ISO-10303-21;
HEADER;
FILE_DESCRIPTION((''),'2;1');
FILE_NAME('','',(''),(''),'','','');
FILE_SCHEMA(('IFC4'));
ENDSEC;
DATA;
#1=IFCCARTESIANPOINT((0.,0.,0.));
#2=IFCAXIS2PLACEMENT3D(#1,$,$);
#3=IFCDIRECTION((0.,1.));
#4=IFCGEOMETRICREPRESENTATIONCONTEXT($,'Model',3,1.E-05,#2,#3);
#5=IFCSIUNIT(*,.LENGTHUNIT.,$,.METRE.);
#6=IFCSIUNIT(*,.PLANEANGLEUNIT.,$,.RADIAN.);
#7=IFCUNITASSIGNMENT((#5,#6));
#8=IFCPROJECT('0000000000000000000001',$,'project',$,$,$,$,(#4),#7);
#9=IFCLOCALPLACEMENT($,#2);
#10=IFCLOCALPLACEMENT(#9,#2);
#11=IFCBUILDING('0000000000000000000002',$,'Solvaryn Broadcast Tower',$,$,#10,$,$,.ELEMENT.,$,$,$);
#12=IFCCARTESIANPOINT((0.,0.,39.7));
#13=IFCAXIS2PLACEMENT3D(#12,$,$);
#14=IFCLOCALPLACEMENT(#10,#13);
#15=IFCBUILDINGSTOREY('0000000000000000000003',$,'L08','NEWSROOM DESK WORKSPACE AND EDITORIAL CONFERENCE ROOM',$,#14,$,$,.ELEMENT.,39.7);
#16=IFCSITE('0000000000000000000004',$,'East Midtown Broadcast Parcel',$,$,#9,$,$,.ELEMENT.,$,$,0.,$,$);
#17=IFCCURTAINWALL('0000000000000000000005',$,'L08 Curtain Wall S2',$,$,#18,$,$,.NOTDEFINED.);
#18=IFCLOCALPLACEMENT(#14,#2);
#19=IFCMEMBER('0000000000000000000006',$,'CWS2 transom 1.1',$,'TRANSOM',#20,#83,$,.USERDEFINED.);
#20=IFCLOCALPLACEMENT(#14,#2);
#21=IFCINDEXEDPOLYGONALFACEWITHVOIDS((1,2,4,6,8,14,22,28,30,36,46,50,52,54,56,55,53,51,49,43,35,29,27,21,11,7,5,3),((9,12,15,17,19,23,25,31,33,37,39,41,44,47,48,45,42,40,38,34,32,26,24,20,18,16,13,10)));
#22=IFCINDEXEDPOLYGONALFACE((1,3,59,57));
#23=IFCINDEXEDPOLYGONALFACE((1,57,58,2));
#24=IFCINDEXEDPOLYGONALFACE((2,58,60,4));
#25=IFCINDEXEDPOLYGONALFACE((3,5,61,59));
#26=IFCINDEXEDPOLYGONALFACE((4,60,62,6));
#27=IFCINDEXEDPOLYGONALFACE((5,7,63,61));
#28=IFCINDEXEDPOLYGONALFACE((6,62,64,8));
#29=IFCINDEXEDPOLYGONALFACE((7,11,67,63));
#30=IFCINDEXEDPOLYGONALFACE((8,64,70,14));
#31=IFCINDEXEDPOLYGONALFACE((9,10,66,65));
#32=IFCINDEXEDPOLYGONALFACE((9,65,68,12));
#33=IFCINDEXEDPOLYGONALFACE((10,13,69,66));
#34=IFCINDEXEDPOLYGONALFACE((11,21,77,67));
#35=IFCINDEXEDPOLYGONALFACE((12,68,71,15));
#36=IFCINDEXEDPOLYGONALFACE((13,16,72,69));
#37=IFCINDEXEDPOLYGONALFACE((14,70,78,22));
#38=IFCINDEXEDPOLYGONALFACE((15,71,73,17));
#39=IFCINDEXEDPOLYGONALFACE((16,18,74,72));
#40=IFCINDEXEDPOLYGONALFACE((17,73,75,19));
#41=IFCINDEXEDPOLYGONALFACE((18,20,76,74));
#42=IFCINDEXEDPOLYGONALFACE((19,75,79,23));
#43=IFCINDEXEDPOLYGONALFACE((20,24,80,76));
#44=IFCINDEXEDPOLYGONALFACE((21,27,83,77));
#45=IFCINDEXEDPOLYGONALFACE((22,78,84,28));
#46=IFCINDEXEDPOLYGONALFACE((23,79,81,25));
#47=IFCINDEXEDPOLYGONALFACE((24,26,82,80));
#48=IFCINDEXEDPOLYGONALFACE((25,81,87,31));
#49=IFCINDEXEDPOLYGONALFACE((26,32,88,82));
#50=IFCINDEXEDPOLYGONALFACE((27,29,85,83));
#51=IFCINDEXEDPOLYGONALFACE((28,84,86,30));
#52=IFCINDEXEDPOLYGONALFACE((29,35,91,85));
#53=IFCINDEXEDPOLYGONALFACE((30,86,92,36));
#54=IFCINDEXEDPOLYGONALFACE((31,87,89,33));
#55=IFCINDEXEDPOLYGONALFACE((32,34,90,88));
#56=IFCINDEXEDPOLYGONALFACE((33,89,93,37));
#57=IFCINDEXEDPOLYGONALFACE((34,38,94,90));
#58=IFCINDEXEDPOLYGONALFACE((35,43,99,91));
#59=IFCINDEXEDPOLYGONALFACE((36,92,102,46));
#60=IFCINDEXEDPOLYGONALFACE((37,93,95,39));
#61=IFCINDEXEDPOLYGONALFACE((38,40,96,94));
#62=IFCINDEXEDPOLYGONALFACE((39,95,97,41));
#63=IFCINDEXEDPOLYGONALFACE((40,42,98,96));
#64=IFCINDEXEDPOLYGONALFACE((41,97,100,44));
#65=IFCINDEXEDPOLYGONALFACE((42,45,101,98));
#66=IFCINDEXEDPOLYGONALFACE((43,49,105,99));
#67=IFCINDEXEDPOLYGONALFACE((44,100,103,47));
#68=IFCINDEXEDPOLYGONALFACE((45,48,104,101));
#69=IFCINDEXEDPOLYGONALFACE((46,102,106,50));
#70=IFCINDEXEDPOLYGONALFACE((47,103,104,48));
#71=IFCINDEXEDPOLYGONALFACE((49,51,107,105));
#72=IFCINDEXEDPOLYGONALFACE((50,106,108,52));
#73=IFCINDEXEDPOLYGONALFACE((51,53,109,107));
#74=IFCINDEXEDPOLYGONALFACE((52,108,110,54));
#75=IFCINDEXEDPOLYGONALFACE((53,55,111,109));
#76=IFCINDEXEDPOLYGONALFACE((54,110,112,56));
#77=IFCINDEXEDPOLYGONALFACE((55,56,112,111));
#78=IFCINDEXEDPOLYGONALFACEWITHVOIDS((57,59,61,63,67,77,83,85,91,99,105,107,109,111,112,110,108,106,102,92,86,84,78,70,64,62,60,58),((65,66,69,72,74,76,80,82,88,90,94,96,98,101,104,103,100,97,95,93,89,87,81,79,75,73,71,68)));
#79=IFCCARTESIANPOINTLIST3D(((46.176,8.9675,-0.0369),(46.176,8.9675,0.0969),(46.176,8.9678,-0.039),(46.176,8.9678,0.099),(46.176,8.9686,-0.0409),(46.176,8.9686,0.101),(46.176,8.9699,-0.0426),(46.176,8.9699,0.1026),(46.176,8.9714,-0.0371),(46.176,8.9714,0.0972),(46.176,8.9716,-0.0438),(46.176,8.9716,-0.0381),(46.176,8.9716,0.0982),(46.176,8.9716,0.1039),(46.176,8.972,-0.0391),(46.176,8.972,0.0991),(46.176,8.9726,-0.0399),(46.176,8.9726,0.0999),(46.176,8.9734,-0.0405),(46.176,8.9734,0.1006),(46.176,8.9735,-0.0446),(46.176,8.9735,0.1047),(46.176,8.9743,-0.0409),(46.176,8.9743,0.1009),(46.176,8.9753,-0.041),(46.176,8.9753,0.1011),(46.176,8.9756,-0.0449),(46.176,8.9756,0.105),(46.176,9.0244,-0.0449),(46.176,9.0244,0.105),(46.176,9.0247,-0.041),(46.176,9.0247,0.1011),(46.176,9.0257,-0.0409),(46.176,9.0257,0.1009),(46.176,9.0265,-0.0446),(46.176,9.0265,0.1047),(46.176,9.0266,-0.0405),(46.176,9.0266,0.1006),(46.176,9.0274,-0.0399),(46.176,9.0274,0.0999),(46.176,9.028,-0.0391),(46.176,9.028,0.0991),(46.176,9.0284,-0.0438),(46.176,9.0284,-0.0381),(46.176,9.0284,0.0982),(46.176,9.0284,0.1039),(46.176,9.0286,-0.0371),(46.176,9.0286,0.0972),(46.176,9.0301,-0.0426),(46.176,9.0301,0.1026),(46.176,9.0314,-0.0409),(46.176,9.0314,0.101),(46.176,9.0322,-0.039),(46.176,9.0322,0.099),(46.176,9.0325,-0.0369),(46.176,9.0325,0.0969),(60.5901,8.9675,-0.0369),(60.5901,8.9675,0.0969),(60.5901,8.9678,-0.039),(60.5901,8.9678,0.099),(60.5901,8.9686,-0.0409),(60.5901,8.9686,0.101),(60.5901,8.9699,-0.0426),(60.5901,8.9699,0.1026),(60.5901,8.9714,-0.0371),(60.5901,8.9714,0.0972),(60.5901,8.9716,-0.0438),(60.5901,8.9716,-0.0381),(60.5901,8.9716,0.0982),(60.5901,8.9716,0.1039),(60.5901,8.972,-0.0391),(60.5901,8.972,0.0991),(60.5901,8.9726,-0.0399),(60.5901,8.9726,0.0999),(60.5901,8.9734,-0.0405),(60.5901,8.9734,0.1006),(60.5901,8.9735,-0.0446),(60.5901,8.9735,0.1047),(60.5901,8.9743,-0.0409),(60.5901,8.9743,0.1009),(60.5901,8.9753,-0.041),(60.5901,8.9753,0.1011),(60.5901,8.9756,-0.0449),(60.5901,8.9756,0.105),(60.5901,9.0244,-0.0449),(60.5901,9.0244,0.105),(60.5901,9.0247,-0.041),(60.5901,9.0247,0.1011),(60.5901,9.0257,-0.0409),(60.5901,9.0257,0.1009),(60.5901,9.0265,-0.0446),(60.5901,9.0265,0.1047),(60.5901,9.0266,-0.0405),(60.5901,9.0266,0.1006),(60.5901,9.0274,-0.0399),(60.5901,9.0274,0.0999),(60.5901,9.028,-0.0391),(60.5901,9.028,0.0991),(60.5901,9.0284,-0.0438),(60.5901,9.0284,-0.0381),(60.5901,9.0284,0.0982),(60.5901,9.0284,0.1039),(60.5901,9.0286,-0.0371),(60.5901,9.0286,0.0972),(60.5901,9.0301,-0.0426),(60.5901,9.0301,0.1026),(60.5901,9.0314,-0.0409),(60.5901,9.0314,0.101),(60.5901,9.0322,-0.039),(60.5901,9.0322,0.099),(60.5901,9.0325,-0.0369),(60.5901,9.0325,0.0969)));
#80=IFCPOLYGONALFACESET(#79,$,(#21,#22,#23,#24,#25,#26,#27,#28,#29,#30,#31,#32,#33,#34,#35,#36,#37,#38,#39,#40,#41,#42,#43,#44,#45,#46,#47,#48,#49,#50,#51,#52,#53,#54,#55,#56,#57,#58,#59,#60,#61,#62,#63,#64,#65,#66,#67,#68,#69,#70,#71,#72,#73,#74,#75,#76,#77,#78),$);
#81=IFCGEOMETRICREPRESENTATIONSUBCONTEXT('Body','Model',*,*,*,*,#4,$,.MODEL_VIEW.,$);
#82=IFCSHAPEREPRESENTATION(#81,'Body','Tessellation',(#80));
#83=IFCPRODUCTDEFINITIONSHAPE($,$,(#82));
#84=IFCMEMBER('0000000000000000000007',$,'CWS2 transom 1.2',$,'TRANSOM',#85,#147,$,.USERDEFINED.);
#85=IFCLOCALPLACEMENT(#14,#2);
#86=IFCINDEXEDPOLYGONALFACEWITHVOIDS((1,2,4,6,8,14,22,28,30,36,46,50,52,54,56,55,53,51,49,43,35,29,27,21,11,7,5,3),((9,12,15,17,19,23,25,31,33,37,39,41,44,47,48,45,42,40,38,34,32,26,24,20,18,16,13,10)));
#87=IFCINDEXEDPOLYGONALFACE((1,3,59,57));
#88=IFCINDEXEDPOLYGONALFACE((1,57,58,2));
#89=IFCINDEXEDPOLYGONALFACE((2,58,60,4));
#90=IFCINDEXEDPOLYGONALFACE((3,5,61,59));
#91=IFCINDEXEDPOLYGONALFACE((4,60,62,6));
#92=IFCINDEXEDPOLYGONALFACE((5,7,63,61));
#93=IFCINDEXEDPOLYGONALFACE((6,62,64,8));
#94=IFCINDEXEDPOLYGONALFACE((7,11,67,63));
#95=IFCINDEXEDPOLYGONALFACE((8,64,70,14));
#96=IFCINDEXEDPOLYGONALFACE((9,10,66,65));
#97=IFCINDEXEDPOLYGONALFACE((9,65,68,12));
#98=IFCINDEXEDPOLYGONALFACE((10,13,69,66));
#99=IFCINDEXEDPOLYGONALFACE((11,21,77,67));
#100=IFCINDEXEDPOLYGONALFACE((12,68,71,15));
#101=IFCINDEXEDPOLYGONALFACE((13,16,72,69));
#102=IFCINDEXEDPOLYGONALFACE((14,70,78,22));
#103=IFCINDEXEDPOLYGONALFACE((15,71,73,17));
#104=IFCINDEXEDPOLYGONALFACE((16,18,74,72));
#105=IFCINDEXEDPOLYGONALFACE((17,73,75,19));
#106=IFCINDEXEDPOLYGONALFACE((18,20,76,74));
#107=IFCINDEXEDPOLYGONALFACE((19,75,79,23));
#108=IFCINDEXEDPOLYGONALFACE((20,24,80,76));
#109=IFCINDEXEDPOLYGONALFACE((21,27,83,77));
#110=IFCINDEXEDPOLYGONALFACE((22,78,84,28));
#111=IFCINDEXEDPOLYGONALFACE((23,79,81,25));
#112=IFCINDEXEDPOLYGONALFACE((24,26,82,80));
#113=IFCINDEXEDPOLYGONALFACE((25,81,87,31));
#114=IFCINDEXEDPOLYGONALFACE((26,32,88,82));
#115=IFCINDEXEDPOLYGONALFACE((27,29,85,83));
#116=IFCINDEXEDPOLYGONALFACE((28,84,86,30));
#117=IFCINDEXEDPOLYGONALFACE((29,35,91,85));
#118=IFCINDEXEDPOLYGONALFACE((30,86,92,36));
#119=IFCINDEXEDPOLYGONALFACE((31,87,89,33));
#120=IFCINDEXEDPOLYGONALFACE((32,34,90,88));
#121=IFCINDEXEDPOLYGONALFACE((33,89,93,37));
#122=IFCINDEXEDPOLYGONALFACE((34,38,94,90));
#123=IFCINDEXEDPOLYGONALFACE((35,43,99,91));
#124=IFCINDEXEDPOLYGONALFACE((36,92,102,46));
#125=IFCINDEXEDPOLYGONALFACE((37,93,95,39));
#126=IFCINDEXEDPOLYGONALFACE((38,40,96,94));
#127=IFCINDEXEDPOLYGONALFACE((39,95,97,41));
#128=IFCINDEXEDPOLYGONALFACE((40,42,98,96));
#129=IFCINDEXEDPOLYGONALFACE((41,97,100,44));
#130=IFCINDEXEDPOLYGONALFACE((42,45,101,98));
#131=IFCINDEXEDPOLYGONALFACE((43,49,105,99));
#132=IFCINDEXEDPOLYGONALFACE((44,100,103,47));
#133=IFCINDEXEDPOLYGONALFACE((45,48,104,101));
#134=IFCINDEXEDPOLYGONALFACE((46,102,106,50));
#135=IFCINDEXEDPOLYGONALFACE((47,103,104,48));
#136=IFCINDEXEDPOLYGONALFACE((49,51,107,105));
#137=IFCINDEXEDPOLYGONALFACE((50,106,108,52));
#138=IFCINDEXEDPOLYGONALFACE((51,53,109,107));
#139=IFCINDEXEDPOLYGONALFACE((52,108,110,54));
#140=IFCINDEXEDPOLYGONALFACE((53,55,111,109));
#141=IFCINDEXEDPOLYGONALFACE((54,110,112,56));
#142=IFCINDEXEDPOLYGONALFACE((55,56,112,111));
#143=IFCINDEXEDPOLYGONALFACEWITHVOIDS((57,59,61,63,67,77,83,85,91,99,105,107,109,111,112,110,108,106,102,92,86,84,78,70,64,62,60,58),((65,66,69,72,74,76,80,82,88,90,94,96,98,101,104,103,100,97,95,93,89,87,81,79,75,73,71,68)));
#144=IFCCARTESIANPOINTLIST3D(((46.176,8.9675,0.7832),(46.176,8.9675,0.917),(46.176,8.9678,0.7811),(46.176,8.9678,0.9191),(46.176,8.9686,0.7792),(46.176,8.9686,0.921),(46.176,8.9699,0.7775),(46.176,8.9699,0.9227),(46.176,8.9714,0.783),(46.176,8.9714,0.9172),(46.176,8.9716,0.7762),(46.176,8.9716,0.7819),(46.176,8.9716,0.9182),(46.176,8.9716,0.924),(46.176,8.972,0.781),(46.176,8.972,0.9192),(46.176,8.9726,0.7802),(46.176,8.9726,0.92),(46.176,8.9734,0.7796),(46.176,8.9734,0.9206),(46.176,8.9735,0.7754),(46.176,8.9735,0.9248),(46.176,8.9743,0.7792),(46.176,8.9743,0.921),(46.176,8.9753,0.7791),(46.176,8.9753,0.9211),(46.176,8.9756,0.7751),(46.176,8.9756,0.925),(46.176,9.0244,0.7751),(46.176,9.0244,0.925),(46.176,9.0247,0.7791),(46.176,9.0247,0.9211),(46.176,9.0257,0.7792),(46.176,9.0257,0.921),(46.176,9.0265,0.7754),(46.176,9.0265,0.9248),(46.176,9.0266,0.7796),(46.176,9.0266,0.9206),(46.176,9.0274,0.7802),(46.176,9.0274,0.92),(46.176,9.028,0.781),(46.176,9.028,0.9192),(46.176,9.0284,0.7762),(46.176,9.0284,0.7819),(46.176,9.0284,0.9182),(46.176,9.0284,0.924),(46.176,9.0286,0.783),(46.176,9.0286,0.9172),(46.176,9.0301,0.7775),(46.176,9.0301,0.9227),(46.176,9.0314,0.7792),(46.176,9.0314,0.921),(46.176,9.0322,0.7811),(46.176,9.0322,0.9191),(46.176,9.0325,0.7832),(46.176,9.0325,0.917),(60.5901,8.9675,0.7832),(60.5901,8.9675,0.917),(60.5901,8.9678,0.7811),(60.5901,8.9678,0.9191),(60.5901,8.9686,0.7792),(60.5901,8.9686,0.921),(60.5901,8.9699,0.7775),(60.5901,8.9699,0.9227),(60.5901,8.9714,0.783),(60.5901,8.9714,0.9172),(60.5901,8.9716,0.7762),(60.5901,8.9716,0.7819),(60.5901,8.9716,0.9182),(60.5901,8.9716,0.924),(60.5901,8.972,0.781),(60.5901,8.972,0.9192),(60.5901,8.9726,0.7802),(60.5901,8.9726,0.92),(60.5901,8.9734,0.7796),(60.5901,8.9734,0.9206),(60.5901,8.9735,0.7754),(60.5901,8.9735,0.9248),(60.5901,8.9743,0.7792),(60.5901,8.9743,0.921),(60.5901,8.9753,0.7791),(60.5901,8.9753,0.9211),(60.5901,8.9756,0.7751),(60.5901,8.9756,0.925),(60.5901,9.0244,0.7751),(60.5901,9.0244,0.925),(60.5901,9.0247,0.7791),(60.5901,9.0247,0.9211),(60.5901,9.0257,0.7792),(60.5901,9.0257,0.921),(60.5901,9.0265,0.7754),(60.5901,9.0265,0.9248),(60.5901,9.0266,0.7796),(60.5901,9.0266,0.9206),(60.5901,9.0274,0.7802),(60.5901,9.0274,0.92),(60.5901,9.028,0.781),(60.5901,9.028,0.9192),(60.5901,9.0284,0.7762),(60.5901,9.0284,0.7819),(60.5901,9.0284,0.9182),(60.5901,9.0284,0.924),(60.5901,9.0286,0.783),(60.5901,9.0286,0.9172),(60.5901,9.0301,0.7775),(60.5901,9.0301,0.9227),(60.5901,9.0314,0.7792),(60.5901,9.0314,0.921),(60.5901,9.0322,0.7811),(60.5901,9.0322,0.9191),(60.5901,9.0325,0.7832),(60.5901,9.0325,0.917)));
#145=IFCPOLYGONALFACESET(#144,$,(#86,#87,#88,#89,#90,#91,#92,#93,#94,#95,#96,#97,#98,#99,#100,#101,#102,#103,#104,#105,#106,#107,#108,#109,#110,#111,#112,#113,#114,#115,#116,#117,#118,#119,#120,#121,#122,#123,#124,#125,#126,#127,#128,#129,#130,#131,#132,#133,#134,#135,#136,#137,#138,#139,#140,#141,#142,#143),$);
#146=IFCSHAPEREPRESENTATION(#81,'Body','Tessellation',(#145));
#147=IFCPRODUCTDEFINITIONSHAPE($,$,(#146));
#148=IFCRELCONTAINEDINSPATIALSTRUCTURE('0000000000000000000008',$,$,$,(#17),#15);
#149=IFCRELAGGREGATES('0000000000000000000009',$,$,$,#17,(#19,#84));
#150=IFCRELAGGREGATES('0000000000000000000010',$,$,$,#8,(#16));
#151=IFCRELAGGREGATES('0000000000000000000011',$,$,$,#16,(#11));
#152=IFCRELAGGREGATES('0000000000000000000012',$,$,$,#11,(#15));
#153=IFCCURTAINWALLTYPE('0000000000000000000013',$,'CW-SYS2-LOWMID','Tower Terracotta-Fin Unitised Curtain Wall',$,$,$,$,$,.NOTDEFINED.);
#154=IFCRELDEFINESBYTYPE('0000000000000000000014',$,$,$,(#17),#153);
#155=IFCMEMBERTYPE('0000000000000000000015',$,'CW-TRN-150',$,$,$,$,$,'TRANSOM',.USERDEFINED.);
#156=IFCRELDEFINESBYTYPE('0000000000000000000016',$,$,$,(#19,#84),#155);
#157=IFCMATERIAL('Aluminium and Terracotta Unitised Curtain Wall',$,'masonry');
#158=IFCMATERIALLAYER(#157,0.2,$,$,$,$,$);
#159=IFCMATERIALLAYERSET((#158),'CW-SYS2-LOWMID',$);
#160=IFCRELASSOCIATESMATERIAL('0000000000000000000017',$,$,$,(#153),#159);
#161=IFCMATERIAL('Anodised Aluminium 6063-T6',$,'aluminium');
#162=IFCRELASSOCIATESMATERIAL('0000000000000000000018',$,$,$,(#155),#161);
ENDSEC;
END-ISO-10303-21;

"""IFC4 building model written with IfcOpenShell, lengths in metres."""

from ifc_helpers import new_model, si_unit, direction, frame, origin, origin_2d, place, context, subcontext, project, spatial, hollow_rectangle, extrude, material, layer, layer_set, material_profile, profile_set, type_object, element, aggregate, save


model = new_model("IFC4")

# Units and contexts
model_context = context("Model", 3, precision=1e-05, world=origin(), true_north=direction((0.0, 1.0)))
body_context = subcontext(model_context, "Body", "Model", "MODEL_VIEW")
ifc_project = project(units=[si_unit("LENGTHUNIT", "METRE"), si_unit("PLANEANGLEUNIT", "RADIAN")], contexts=[model_context])

# Site, building, storey
site_placement = place(None, origin())
site = spatial("IfcSite", under=ifc_project, at=site_placement, Name="East Midtown Broadcast Parcel", CompositionType="ELEMENT", RefElevation=0.0)
building_placement = place(site_placement, origin())
building = spatial("IfcBuilding", under=site, at=building_placement, Name="Solvaryn Broadcast Tower", CompositionType="ELEMENT")
storey_placement = place(building_placement, frame((0.0, 0.0, 39.7)))
storey = spatial("IfcBuildingStorey", under=building, at=storey_placement, Name="L08", Description="NEWSROOM DESK WORKSPACE AND EDITORIAL CONFERENCE ROOM", CompositionType="ELEMENT", Elevation=39.7)

# Shared definitions
ifc_material_1 = material(Name="Aluminium and Terracotta Unitised Curtain Wall", Category="masonry")
ifc_layer_1 = layer(ifc_material_1, 0.2)
ifc_layer_set_1 = layer_set([ifc_layer_1], Name="CW-SYS2-LOWMID")
curtain_wall_type = type_object("IfcCurtainWallType", Name="CW-SYS2-LOWMID", Description="Tower Terracotta-Fin Unitised Curtain Wall", PredefinedType="NOTDEFINED", material=ifc_layer_set_1)

# Curtain wall, members
curtain_wall_1_placement = place(storey_placement, origin())
curtain_wall_1 = element("IfcCurtainWall", 1, at=curtain_wall_1_placement, inside=storey, type_object=curtain_wall_type, Name="L08 Curtain Wall S2", PredefinedType="NOTDEFINED")
ifc_material_2 = material(Name="Anodised Aluminium 6063-T6", Category="aluminium")
ifc_material_profile_1 = material_profile(ifc_material_2, hollow_rectangle(XDim=0.0649, YDim=0.1499, WallThickness=0.0039, InnerFilletRadius=0.0039, OuterFilletRadius=0.0081, at=origin_2d()))
ifc_profile_set_1 = profile_set([ifc_material_profile_1], Name="Anodised Aluminium 6063-T6")
member_type_1 = type_object("IfcMemberType", Name="CW-TRN-150", ElementType="TRANSOM", PredefinedType="USERDEFINED", material=ifc_profile_set_1)
member_1_placement = place(storey_placement, frame((46.176, 9.0, 0.03), z_axis=(1.0, 0.0, 0.0), x_axis=(0.0, 1.0, 0.0)))
member_1 = element("IfcMember", 2, at=member_1_placement, type_object=member_type_1, Name="CWS2 transom 1.1", ObjectType="TRANSOM", PredefinedType="USERDEFINED", context=body_context, shape_type="SweptSolid", body=[
    extrude(hollow_rectangle(XDim=0.0649, YDim=0.1499, WallThickness=0.0039, InnerFilletRadius=0.0039, OuterFilletRadius=0.0081, at=origin_2d()), origin(), (0.0, 0.0, 1.0), 14.4141),
])
member_2_placement = place(storey_placement, frame((46.176, 9.0, 0.8501), z_axis=(1.0, 0.0, 0.0), x_axis=(0.0, 1.0, 0.0)))
member_2 = element("IfcMember", 3, at=member_2_placement, type_object=member_type_1, Name="CWS2 transom 1.2", ObjectType="TRANSOM", PredefinedType="USERDEFINED", context=body_context, shape_type="SweptSolid", body=[
    extrude(hollow_rectangle(XDim=0.0649, YDim=0.1499, WallThickness=0.0039, InnerFilletRadius=0.0039, OuterFilletRadius=0.0081, at=origin_2d()), origin(), (0.0, 0.0, 1.0), 14.4141),
])
aggregate(curtain_wall_1, [member_1, member_2])

save(model, "model.ifc")
